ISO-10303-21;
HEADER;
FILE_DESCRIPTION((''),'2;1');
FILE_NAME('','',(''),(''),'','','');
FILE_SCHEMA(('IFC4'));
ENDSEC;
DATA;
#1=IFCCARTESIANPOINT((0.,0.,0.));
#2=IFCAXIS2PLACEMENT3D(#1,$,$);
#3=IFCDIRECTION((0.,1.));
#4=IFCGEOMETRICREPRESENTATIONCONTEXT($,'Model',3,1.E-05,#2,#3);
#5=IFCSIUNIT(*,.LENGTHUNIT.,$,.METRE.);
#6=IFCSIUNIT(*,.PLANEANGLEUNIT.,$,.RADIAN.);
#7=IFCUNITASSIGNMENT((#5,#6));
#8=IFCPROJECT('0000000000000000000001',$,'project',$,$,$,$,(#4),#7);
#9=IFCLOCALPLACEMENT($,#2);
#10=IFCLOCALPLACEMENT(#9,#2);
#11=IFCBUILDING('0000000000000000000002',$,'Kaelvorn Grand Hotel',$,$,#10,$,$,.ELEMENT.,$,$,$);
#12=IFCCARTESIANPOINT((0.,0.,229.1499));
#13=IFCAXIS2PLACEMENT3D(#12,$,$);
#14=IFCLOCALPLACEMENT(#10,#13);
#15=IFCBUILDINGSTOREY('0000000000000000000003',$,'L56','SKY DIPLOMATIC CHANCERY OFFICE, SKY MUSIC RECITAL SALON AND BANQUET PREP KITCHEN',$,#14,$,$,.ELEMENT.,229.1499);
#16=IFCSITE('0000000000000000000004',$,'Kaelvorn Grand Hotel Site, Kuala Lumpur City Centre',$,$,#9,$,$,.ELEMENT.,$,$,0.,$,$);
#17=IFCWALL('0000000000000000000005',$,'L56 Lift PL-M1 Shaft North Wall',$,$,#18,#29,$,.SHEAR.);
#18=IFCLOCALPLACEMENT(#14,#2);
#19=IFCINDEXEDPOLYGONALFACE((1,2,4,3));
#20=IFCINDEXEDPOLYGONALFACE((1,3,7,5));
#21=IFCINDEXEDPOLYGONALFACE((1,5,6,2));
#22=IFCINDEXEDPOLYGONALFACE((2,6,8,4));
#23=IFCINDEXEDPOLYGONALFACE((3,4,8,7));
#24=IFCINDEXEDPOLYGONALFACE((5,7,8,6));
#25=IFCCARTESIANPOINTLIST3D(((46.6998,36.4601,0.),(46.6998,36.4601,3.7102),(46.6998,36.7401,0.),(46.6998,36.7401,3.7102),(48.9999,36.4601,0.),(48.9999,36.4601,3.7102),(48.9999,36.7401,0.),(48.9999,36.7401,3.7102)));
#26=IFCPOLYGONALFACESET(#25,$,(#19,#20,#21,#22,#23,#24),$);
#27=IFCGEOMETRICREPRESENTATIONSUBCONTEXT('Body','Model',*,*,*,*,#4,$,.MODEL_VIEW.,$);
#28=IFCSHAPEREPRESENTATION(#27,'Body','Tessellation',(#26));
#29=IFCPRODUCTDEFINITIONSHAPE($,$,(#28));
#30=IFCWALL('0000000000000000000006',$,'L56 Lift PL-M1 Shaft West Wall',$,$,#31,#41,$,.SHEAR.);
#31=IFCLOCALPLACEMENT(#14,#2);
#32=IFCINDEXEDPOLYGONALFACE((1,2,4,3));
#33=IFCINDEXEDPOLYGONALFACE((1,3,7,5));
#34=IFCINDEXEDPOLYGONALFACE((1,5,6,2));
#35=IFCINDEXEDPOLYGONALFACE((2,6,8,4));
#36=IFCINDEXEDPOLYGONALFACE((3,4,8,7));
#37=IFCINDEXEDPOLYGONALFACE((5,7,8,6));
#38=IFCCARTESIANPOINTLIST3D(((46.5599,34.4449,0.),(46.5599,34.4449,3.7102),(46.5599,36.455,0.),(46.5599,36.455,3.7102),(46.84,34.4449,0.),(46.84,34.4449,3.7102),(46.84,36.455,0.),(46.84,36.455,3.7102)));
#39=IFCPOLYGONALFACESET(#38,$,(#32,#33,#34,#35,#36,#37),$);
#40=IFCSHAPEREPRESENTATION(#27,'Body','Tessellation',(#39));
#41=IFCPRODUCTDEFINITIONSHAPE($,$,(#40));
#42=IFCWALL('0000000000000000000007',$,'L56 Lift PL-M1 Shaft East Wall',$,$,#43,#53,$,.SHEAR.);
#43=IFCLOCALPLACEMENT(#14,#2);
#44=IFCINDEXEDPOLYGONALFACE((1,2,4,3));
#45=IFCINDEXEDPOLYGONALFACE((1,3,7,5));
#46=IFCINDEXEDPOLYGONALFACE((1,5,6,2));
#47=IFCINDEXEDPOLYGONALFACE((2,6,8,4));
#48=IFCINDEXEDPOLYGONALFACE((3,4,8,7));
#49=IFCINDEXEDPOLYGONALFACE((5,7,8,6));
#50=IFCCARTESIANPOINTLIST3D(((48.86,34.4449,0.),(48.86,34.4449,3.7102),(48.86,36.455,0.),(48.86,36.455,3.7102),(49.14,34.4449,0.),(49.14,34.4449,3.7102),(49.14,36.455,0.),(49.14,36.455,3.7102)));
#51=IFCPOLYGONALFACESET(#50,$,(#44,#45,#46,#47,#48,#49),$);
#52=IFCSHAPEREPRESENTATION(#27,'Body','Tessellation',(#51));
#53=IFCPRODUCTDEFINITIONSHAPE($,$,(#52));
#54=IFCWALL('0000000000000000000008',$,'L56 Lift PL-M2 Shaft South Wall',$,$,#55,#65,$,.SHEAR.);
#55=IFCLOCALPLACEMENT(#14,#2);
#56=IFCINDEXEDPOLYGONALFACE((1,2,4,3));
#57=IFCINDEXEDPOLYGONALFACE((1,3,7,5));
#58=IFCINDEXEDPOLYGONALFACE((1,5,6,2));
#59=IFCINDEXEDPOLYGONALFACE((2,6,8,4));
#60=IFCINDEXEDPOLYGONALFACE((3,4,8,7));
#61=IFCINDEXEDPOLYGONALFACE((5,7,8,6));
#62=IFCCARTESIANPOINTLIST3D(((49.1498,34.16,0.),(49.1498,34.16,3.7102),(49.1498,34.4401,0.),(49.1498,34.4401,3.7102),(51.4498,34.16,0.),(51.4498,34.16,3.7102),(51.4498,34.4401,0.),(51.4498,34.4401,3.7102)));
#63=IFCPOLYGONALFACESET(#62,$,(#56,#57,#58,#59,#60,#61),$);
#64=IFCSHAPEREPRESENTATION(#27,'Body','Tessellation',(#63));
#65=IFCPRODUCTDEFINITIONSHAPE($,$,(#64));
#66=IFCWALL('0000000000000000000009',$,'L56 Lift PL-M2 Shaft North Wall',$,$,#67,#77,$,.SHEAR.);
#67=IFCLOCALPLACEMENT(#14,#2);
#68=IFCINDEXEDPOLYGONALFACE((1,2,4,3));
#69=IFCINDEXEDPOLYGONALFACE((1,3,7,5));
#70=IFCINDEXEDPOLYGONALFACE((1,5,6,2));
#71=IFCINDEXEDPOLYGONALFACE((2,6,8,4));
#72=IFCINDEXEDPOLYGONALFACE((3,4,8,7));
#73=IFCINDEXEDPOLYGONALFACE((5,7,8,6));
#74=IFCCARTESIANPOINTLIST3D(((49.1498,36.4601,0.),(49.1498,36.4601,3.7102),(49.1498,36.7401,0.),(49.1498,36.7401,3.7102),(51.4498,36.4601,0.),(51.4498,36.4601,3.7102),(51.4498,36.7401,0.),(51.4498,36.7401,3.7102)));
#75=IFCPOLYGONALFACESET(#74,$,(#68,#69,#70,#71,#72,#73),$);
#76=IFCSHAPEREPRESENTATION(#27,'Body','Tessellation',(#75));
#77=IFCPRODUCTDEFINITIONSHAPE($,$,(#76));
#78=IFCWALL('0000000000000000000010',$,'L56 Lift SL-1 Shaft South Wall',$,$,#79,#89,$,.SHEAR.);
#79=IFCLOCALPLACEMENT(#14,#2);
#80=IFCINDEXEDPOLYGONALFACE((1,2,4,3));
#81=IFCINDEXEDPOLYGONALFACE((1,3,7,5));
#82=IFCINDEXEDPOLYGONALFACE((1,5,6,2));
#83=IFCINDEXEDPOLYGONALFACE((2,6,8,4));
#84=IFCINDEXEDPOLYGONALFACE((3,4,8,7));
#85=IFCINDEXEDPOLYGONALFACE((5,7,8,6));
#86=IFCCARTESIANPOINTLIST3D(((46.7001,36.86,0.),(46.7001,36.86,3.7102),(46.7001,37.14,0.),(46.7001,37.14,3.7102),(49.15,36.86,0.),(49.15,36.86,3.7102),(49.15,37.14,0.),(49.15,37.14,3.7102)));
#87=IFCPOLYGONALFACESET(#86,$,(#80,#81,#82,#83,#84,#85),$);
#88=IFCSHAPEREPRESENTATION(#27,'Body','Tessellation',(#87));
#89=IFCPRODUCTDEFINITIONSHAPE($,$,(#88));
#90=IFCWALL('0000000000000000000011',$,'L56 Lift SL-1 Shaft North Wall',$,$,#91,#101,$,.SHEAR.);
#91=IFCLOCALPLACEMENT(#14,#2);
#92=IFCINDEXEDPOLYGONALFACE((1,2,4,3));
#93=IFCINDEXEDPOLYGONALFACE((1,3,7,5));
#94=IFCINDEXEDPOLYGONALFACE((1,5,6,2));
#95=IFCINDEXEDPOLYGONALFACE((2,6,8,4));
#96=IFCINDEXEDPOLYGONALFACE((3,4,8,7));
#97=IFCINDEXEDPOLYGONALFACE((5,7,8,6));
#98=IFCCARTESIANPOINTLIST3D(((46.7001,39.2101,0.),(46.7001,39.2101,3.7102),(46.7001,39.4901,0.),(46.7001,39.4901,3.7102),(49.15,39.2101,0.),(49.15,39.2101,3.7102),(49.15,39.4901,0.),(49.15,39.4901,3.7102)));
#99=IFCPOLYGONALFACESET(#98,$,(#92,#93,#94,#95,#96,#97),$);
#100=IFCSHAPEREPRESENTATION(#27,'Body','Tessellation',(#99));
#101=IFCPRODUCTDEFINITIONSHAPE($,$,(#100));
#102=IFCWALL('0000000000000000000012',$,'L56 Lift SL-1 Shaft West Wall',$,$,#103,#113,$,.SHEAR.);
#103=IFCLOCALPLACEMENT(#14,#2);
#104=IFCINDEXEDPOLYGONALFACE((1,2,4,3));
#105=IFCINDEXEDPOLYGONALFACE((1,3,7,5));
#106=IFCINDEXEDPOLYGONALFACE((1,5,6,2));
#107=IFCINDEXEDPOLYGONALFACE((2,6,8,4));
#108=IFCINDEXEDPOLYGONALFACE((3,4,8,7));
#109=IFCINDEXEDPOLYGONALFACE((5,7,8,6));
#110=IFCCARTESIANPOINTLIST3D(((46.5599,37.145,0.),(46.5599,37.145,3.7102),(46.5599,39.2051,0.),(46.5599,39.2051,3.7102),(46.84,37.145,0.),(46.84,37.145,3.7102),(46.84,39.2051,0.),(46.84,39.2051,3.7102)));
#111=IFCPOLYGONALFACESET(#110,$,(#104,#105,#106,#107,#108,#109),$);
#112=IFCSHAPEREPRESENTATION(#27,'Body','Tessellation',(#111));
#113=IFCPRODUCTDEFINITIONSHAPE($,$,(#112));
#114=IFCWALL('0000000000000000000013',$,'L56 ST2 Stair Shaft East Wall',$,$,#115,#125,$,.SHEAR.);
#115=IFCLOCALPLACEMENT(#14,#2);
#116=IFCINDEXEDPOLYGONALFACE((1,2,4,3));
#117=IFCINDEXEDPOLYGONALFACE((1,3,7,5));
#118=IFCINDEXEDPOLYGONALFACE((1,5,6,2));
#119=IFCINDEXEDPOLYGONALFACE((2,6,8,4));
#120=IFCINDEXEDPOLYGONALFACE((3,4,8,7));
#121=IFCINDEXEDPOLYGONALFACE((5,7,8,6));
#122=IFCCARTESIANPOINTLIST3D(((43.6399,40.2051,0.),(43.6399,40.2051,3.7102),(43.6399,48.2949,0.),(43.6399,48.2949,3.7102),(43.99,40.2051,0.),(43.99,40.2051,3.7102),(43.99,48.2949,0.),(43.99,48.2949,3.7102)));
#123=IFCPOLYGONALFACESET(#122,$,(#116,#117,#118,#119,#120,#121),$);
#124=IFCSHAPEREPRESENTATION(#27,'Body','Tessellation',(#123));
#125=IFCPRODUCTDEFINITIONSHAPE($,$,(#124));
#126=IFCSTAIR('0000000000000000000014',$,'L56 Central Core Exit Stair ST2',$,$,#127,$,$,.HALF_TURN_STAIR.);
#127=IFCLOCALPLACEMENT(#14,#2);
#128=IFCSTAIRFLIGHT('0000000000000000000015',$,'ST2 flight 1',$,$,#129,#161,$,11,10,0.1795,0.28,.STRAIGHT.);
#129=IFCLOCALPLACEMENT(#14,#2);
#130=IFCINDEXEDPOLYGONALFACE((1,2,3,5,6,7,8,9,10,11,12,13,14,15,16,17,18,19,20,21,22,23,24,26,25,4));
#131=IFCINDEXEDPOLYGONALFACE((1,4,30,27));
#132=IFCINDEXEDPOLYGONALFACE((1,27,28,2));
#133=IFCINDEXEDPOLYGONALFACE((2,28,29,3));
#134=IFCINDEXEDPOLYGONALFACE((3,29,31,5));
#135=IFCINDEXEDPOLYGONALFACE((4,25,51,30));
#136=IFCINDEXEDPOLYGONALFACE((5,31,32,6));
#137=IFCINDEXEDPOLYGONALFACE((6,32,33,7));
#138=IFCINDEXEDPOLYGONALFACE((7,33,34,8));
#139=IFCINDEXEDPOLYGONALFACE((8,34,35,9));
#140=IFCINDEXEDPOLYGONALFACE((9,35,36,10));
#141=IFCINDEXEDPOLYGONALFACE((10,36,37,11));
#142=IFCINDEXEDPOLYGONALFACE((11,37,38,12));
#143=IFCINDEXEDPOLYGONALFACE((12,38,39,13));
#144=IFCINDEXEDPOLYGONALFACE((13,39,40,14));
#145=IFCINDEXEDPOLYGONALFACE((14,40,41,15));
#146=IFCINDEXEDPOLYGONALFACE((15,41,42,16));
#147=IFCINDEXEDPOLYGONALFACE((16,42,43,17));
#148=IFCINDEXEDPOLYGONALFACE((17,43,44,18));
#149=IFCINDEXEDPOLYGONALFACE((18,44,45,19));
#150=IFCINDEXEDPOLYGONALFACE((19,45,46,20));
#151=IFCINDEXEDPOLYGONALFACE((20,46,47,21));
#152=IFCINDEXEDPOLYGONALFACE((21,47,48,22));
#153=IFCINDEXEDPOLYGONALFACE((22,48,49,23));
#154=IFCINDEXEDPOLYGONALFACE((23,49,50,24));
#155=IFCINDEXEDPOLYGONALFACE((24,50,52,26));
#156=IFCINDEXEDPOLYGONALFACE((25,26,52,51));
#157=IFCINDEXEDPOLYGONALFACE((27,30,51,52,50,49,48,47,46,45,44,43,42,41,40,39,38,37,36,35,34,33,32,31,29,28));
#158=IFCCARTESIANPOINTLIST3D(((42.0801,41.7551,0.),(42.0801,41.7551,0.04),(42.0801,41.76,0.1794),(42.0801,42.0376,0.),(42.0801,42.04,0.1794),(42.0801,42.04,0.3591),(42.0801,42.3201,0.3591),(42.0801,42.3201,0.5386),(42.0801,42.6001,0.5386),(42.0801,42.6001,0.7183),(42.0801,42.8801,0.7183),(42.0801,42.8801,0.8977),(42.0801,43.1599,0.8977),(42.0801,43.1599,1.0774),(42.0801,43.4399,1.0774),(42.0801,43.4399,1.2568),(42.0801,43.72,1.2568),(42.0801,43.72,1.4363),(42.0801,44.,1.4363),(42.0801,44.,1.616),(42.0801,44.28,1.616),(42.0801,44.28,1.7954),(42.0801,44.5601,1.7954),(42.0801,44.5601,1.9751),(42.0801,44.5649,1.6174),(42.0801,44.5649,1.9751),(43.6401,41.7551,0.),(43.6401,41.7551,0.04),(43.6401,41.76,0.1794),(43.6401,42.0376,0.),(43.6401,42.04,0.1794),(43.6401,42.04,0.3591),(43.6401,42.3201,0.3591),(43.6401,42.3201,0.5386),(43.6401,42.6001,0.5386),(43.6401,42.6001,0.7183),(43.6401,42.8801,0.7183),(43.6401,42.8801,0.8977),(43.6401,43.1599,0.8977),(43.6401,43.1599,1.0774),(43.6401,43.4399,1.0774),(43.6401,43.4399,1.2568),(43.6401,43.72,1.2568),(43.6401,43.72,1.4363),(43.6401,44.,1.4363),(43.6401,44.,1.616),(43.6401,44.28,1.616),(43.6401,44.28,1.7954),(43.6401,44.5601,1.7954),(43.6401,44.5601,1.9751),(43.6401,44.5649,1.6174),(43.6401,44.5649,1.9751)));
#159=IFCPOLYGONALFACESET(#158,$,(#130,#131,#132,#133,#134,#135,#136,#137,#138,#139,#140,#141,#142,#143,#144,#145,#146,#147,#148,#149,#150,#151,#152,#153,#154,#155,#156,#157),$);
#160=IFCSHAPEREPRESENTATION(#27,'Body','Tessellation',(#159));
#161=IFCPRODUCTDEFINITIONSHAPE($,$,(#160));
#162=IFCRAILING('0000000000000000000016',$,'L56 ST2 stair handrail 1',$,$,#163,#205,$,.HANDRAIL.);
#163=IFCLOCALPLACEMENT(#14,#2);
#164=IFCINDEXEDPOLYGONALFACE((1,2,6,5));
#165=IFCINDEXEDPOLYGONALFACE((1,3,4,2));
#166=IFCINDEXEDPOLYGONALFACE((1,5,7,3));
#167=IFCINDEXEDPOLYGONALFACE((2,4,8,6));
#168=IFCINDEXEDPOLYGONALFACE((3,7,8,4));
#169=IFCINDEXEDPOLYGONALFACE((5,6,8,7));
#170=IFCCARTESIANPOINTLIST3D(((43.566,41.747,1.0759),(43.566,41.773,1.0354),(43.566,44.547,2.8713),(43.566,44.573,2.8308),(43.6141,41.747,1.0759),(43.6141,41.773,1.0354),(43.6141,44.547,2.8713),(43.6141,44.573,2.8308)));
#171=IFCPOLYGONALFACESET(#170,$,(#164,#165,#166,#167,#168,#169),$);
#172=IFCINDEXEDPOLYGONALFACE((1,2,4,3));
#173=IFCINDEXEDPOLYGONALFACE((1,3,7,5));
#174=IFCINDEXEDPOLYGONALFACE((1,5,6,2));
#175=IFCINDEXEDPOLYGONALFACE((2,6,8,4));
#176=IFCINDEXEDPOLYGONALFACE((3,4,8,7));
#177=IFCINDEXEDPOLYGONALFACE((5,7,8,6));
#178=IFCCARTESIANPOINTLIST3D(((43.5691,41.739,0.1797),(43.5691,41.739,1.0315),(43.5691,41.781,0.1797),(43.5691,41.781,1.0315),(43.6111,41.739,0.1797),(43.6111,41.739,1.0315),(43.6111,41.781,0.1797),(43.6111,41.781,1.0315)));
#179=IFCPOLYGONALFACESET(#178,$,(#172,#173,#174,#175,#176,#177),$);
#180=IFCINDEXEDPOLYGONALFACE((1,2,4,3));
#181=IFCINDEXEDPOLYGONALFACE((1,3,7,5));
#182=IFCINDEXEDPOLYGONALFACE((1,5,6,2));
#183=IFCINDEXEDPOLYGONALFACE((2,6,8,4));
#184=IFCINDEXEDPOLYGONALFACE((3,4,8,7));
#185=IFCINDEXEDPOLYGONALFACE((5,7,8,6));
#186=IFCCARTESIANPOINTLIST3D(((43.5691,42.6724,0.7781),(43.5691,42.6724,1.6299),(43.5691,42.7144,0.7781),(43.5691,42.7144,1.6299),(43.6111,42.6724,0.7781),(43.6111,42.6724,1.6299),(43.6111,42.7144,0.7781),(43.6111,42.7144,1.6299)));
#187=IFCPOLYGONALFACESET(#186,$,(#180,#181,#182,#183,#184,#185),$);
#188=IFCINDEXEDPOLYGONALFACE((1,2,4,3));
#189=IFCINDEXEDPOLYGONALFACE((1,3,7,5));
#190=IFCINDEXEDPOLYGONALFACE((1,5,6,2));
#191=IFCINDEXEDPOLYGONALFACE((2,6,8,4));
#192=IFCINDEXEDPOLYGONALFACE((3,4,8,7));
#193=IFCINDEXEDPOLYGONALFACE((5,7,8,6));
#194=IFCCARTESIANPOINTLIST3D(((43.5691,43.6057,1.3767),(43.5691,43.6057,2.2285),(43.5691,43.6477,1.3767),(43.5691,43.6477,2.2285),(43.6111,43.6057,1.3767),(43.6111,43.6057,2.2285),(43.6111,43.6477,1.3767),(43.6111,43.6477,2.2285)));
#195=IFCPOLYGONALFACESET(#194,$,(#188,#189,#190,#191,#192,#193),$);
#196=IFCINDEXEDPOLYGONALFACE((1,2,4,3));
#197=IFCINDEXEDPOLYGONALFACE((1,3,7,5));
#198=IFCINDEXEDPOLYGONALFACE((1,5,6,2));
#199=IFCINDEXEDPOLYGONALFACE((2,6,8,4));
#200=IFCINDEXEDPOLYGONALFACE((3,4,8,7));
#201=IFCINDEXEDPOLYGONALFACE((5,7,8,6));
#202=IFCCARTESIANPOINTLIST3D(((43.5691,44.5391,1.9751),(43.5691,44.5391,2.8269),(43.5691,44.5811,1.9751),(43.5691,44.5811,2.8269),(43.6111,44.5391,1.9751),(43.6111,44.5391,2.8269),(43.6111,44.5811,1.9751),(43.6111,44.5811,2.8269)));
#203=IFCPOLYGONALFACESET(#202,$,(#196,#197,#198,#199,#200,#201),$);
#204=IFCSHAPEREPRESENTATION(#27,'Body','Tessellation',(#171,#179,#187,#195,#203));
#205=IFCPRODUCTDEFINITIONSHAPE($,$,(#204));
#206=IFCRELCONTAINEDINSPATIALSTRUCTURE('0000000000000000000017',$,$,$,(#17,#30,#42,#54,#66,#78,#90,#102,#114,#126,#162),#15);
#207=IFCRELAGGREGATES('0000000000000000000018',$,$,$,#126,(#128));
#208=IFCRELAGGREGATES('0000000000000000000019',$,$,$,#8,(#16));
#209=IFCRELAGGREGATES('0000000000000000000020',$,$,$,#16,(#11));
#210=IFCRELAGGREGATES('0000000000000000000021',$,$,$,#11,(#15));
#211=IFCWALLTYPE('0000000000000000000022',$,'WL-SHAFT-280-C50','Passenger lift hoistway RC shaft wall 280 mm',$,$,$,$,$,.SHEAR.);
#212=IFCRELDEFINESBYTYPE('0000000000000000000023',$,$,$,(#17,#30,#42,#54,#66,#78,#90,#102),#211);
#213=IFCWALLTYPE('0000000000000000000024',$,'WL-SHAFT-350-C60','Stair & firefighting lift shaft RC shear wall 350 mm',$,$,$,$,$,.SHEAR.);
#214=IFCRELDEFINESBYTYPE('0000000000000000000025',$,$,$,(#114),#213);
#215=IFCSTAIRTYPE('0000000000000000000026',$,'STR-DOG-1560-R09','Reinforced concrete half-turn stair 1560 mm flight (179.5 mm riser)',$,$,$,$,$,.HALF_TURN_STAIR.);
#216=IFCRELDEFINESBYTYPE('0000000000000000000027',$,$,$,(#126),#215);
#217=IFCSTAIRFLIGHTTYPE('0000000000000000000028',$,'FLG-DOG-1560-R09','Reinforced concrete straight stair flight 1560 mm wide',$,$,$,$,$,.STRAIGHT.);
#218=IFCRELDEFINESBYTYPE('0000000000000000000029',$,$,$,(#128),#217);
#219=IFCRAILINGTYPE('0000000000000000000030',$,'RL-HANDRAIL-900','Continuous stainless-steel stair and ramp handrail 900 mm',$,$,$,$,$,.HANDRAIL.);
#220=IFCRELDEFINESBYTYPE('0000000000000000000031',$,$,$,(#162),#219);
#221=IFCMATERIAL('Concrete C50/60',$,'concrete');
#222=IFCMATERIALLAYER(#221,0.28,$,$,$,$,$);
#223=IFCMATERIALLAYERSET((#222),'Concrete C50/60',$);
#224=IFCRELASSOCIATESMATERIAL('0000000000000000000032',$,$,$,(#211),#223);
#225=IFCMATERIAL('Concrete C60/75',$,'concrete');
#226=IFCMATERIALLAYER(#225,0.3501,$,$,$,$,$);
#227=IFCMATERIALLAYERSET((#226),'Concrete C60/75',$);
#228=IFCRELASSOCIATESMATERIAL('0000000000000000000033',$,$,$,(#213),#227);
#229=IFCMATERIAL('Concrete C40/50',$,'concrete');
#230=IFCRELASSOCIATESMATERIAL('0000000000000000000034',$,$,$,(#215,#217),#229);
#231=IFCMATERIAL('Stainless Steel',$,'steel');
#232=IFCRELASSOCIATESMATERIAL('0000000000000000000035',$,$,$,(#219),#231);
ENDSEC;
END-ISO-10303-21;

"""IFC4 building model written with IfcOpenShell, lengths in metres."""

from ifc_helpers import new_model, si_unit, direction, frame, frame_2d, origin, origin_2d, place, context, subcontext, project, spatial, polyline, rectangle, outline, extrude, material, layer, layer_set, type_object, element, aggregate, save


model = new_model("IFC4")

# Units and contexts
model_context = context("Model", 3, precision=1e-05, world=origin(), true_north=direction((0.0, 1.0)))
body_context = subcontext(model_context, "Body", "Model", "MODEL_VIEW")
ifc_project = project(units=[si_unit("LENGTHUNIT", "METRE"), si_unit("PLANEANGLEUNIT", "RADIAN")], contexts=[model_context])

# Site, building, storey
site_placement = place(None, origin())
site = spatial("IfcSite", under=ifc_project, at=site_placement, Name="Kaelvorn Grand Hotel Site, Kuala Lumpur City Centre", CompositionType="ELEMENT", RefElevation=0.0)
building_placement = place(site_placement, origin())
building = spatial("IfcBuilding", under=site, at=building_placement, Name="Kaelvorn Grand Hotel", CompositionType="ELEMENT")
storey_placement = place(building_placement, frame((0.0, 0.0, 229.1499)))
storey = spatial("IfcBuildingStorey", under=building, at=storey_placement, Name="L56", Description="SKY DIPLOMATIC CHANCERY OFFICE, SKY MUSIC RECITAL SALON AND BANQUET PREP KITCHEN", CompositionType="ELEMENT", Elevation=229.1499)

# Shared definitions
ifc_material_1 = material(Name="Concrete C50/60", Category="concrete")

# Shared definitions
ifc_material_2 = material(Name="Concrete C60/75", Category="concrete")

# Walls
ifc_material_3 = material(Name="Concrete C40/50", Category="concrete")
ifc_layer_1 = layer(ifc_material_1, 0.28)
ifc_layer_set_1 = layer_set([ifc_layer_1], Name="Concrete C50/60")
wall_type_1 = type_object("IfcWallType", Name="WL-SHAFT-280-C50", Description="Passenger lift hoistway RC shaft wall 280 mm", PredefinedType="SHEAR", material=ifc_layer_set_1)
for number, where, z_axis, x_axis, name in (
    (1, (46.7, 36.6001, 0.0), (0.0, 0.0, 1.0), (1.0, 0.0, 0.0), "L56 Lift PL-M1 Shaft North Wall"),
):
    element("IfcWall", number, at=place(storey_placement, frame(where, z_axis=z_axis, x_axis=x_axis)), inside=storey, type_object=wall_type_1, Name=name, PredefinedType="SHEAR", context=body_context, shape_type="SweptSolid", body=[
        extrude(rectangle(XDim=2.3, YDim=0.28, at=frame_2d((1.1499, 0.0))), origin(), (0.0, 0.0, 1.0), 3.7102),
    ])
for number, where, z_axis, x_axis, name in (
    (2, (46.7, 34.4451, 0.0), (0.0, 0.0, 1.0), (0.0, 1.0, 0.0), "L56 Lift PL-M1 Shaft West Wall"),
    (3, (49.0, 34.4451, 0.0), (0.0, 0.0, 1.0), (0.0, 1.0, 0.0), "L56 Lift PL-M1 Shaft East Wall"),
):
    element("IfcWall", number, at=place(storey_placement, frame(where, z_axis=z_axis, x_axis=x_axis)), inside=storey, type_object=wall_type_1, Name=name, PredefinedType="SHEAR", context=body_context, shape_type="SweptSolid", body=[
        extrude(rectangle(XDim=2.01, YDim=0.28, at=frame_2d((1.0049, 0.0))), origin(), (0.0, 0.0, 1.0), 3.7102),
    ])
for number, where, z_axis, x_axis, name in (
    (4, (49.1499, 34.3, 0.0), (0.0, 0.0, 1.0), (1.0, 0.0, 0.0), "L56 Lift PL-M2 Shaft South Wall"),
    (5, (49.1499, 36.6001, 0.0), (0.0, 0.0, 1.0), (1.0, 0.0, 0.0), "L56 Lift PL-M2 Shaft North Wall"),
):
    element("IfcWall", number, at=place(storey_placement, frame(where, z_axis=z_axis, x_axis=x_axis)), inside=storey, type_object=wall_type_1, Name=name, PredefinedType="SHEAR", context=body_context, shape_type="SweptSolid", body=[
        extrude(rectangle(XDim=2.3, YDim=0.28, at=frame_2d((1.1499, 0.0))), origin(), (0.0, 0.0, 1.0), 3.7102),
    ])
for number, where, z_axis, x_axis, name in (
    (6, (46.7, 37.0, 0.0), (0.0, 0.0, 1.0), (1.0, 0.0, 0.0), "L56 Lift SL-1 Shaft South Wall"),
    (7, (46.7, 39.3501, 0.0), (0.0, 0.0, 1.0), (1.0, 0.0, 0.0), "L56 Lift SL-1 Shaft North Wall"),
):
    element("IfcWall", number, at=place(storey_placement, frame(where, z_axis=z_axis, x_axis=x_axis)), inside=storey, type_object=wall_type_1, Name=name, PredefinedType="SHEAR", context=body_context, shape_type="SweptSolid", body=[
        extrude(rectangle(XDim=2.45, YDim=0.28, at=frame_2d((1.2251, 0.0))), origin(), (0.0, 0.0, 1.0), 3.7102),
    ])
wall_1_placement = place(storey_placement, frame((46.7, 37.145, 0.0), z_axis=(0.0, 0.0, 1.0), x_axis=(0.0, 1.0, 0.0)))
element("IfcWall", 8, at=wall_1_placement, inside=storey, type_object=wall_type_1, Name="L56 Lift SL-1 Shaft West Wall", PredefinedType="SHEAR", context=body_context, shape_type="SweptSolid", body=[
    extrude(rectangle(XDim=2.0601, YDim=0.28, at=frame_2d((1.03, 0.0))), origin(), (0.0, 0.0, 1.0), 3.7102),
])
ifc_layer_2 = layer(ifc_material_2, 0.3501)
ifc_layer_set_2 = layer_set([ifc_layer_2], Name="Concrete C60/75")
wall_type_2 = type_object("IfcWallType", Name="WL-SHAFT-350-C60", Description="Stair & firefighting lift shaft RC shear wall 350 mm", PredefinedType="SHEAR", material=ifc_layer_set_2)
wall_2_placement = place(storey_placement, frame((43.8149, 40.2051, 0.0), z_axis=(0.0, 0.0, 1.0), x_axis=(0.0, 1.0, 0.0)))
element("IfcWall", 9, at=wall_2_placement, inside=storey, type_object=wall_type_2, Name="L56 ST2 Stair Shaft East Wall", PredefinedType="SHEAR", context=body_context, shape_type="SweptSolid", body=[
    extrude(rectangle(XDim=8.0898, YDim=0.3501, at=frame_2d((4.0449, 0.0))), origin(), (0.0, 0.0, 1.0), 3.7102),
])

# Stair, stair flight
stair_type = type_object("IfcStairType", Name="STR-DOG-1560-R09", Description="Reinforced concrete half-turn stair 1560 mm flight (179.5 mm riser)", PredefinedType="HALF_TURN_STAIR", material=ifc_material_3)
stair_placement = place(storey_placement, origin())
stair = element("IfcStair", 10, at=stair_placement, inside=storey, type_object=stair_type, Name="L56 Central Core Exit Stair ST2", PredefinedType="HALF_TURN_STAIR")
stair_flight_type = type_object("IfcStairFlightType", Name="FLG-DOG-1560-R09", Description="Reinforced concrete straight stair flight 1560 mm wide", PredefinedType="STRAIGHT", material=ifc_material_3)
stair_flight_placement = place(storey_placement, frame((42.8601, 41.76, 0.0), z_axis=(0.0, 0.0, 1.0), x_axis=(0.0, 1.0, 0.0)))
stair_flight = element("IfcStairFlight", 11, at=stair_flight_placement, type_object=stair_flight_type, Name="ST2 flight 1", NumberOfRisers=11, NumberOfTreads=10, PredefinedType="STRAIGHT", RiserHeight=0.1795, TreadLength=0.28, context=body_context, shape_type="SweptSolid", body=[
    extrude(outline(polyline([(-0.0049, 0.0), (-0.0049, 0.04), (0.0, 0.1794), (0.28, 0.1794), (0.28, 0.3591), (0.5601, 0.3591), (0.5601, 0.5386), (0.8401, 0.5386), (0.8401, 0.7183), (1.1201, 0.7183), (1.1201, 0.8977), (1.3999, 0.8977), (1.3999, 1.0774), (1.6799, 1.0774), (1.6799, 1.2568), (1.96, 1.2568), (1.96, 1.4363), (2.24, 1.4363), (2.24, 1.616), (2.52, 1.616), (2.52, 1.7954), (2.8, 1.7954), (2.8, 1.9751), (2.8049, 1.9751), (2.8049, 1.6174), (0.2776, 0.0), (-0.0049, 0.0)])), frame((0.0, 0.78, 0.0), z_axis=(0.0, -1.0, 0.0), x_axis=(1.0, 0.0, 0.0)), (0.0, 0.0, 1.0), 1.5601),
])
aggregate(stair, [stair_flight])

# Railing
ifc_material_4 = material(Name="Stainless Steel", Category="steel")
railing_type_1 = type_object("IfcRailingType", Name="RL-HANDRAIL-900", Description="Continuous stainless-steel stair and ramp handrail 900 mm", PredefinedType="HANDRAIL", material=ifc_material_4)
railing_1_placement = place(storey_placement, frame((43.5901, 41.76, 0.1797)))
element("IfcRailing", 12, at=railing_1_placement, inside=storey, type_object=railing_type_1, Name="L56 ST2 stair handrail 1", PredefinedType="HANDRAIL", context=body_context, shape_type="SweptSolid", body=[
    extrude(rectangle(XDim=0.0481, YDim=0.0481, at=origin_2d()), frame((0.0, 0.0, 0.876), z_axis=(0.0, 0.84181, 0.539774), x_axis=(-1.0, 0.0, 0.0)), (0.0, 0.0, 1.0), 3.3262),
    extrude(rectangle(XDim=0.042, YDim=0.042, at=origin_2d()), origin(), (0.0, 0.0, 1.0), 0.8518),
    extrude(rectangle(XDim=0.042, YDim=0.042, at=origin_2d()), frame((0.0, 0.9333, 0.5984)), (0.0, 0.0, 1.0), 0.8518),
    extrude(rectangle(XDim=0.042, YDim=0.042, at=origin_2d()), frame((0.0, 1.8667, 1.197)), (0.0, 0.0, 1.0), 0.8518),
    extrude(rectangle(XDim=0.042, YDim=0.042, at=origin_2d()), frame((0.0, 2.8, 1.7954)), (0.0, 0.0, 1.0), 0.8518),
])

save(model, "model.ifc")
